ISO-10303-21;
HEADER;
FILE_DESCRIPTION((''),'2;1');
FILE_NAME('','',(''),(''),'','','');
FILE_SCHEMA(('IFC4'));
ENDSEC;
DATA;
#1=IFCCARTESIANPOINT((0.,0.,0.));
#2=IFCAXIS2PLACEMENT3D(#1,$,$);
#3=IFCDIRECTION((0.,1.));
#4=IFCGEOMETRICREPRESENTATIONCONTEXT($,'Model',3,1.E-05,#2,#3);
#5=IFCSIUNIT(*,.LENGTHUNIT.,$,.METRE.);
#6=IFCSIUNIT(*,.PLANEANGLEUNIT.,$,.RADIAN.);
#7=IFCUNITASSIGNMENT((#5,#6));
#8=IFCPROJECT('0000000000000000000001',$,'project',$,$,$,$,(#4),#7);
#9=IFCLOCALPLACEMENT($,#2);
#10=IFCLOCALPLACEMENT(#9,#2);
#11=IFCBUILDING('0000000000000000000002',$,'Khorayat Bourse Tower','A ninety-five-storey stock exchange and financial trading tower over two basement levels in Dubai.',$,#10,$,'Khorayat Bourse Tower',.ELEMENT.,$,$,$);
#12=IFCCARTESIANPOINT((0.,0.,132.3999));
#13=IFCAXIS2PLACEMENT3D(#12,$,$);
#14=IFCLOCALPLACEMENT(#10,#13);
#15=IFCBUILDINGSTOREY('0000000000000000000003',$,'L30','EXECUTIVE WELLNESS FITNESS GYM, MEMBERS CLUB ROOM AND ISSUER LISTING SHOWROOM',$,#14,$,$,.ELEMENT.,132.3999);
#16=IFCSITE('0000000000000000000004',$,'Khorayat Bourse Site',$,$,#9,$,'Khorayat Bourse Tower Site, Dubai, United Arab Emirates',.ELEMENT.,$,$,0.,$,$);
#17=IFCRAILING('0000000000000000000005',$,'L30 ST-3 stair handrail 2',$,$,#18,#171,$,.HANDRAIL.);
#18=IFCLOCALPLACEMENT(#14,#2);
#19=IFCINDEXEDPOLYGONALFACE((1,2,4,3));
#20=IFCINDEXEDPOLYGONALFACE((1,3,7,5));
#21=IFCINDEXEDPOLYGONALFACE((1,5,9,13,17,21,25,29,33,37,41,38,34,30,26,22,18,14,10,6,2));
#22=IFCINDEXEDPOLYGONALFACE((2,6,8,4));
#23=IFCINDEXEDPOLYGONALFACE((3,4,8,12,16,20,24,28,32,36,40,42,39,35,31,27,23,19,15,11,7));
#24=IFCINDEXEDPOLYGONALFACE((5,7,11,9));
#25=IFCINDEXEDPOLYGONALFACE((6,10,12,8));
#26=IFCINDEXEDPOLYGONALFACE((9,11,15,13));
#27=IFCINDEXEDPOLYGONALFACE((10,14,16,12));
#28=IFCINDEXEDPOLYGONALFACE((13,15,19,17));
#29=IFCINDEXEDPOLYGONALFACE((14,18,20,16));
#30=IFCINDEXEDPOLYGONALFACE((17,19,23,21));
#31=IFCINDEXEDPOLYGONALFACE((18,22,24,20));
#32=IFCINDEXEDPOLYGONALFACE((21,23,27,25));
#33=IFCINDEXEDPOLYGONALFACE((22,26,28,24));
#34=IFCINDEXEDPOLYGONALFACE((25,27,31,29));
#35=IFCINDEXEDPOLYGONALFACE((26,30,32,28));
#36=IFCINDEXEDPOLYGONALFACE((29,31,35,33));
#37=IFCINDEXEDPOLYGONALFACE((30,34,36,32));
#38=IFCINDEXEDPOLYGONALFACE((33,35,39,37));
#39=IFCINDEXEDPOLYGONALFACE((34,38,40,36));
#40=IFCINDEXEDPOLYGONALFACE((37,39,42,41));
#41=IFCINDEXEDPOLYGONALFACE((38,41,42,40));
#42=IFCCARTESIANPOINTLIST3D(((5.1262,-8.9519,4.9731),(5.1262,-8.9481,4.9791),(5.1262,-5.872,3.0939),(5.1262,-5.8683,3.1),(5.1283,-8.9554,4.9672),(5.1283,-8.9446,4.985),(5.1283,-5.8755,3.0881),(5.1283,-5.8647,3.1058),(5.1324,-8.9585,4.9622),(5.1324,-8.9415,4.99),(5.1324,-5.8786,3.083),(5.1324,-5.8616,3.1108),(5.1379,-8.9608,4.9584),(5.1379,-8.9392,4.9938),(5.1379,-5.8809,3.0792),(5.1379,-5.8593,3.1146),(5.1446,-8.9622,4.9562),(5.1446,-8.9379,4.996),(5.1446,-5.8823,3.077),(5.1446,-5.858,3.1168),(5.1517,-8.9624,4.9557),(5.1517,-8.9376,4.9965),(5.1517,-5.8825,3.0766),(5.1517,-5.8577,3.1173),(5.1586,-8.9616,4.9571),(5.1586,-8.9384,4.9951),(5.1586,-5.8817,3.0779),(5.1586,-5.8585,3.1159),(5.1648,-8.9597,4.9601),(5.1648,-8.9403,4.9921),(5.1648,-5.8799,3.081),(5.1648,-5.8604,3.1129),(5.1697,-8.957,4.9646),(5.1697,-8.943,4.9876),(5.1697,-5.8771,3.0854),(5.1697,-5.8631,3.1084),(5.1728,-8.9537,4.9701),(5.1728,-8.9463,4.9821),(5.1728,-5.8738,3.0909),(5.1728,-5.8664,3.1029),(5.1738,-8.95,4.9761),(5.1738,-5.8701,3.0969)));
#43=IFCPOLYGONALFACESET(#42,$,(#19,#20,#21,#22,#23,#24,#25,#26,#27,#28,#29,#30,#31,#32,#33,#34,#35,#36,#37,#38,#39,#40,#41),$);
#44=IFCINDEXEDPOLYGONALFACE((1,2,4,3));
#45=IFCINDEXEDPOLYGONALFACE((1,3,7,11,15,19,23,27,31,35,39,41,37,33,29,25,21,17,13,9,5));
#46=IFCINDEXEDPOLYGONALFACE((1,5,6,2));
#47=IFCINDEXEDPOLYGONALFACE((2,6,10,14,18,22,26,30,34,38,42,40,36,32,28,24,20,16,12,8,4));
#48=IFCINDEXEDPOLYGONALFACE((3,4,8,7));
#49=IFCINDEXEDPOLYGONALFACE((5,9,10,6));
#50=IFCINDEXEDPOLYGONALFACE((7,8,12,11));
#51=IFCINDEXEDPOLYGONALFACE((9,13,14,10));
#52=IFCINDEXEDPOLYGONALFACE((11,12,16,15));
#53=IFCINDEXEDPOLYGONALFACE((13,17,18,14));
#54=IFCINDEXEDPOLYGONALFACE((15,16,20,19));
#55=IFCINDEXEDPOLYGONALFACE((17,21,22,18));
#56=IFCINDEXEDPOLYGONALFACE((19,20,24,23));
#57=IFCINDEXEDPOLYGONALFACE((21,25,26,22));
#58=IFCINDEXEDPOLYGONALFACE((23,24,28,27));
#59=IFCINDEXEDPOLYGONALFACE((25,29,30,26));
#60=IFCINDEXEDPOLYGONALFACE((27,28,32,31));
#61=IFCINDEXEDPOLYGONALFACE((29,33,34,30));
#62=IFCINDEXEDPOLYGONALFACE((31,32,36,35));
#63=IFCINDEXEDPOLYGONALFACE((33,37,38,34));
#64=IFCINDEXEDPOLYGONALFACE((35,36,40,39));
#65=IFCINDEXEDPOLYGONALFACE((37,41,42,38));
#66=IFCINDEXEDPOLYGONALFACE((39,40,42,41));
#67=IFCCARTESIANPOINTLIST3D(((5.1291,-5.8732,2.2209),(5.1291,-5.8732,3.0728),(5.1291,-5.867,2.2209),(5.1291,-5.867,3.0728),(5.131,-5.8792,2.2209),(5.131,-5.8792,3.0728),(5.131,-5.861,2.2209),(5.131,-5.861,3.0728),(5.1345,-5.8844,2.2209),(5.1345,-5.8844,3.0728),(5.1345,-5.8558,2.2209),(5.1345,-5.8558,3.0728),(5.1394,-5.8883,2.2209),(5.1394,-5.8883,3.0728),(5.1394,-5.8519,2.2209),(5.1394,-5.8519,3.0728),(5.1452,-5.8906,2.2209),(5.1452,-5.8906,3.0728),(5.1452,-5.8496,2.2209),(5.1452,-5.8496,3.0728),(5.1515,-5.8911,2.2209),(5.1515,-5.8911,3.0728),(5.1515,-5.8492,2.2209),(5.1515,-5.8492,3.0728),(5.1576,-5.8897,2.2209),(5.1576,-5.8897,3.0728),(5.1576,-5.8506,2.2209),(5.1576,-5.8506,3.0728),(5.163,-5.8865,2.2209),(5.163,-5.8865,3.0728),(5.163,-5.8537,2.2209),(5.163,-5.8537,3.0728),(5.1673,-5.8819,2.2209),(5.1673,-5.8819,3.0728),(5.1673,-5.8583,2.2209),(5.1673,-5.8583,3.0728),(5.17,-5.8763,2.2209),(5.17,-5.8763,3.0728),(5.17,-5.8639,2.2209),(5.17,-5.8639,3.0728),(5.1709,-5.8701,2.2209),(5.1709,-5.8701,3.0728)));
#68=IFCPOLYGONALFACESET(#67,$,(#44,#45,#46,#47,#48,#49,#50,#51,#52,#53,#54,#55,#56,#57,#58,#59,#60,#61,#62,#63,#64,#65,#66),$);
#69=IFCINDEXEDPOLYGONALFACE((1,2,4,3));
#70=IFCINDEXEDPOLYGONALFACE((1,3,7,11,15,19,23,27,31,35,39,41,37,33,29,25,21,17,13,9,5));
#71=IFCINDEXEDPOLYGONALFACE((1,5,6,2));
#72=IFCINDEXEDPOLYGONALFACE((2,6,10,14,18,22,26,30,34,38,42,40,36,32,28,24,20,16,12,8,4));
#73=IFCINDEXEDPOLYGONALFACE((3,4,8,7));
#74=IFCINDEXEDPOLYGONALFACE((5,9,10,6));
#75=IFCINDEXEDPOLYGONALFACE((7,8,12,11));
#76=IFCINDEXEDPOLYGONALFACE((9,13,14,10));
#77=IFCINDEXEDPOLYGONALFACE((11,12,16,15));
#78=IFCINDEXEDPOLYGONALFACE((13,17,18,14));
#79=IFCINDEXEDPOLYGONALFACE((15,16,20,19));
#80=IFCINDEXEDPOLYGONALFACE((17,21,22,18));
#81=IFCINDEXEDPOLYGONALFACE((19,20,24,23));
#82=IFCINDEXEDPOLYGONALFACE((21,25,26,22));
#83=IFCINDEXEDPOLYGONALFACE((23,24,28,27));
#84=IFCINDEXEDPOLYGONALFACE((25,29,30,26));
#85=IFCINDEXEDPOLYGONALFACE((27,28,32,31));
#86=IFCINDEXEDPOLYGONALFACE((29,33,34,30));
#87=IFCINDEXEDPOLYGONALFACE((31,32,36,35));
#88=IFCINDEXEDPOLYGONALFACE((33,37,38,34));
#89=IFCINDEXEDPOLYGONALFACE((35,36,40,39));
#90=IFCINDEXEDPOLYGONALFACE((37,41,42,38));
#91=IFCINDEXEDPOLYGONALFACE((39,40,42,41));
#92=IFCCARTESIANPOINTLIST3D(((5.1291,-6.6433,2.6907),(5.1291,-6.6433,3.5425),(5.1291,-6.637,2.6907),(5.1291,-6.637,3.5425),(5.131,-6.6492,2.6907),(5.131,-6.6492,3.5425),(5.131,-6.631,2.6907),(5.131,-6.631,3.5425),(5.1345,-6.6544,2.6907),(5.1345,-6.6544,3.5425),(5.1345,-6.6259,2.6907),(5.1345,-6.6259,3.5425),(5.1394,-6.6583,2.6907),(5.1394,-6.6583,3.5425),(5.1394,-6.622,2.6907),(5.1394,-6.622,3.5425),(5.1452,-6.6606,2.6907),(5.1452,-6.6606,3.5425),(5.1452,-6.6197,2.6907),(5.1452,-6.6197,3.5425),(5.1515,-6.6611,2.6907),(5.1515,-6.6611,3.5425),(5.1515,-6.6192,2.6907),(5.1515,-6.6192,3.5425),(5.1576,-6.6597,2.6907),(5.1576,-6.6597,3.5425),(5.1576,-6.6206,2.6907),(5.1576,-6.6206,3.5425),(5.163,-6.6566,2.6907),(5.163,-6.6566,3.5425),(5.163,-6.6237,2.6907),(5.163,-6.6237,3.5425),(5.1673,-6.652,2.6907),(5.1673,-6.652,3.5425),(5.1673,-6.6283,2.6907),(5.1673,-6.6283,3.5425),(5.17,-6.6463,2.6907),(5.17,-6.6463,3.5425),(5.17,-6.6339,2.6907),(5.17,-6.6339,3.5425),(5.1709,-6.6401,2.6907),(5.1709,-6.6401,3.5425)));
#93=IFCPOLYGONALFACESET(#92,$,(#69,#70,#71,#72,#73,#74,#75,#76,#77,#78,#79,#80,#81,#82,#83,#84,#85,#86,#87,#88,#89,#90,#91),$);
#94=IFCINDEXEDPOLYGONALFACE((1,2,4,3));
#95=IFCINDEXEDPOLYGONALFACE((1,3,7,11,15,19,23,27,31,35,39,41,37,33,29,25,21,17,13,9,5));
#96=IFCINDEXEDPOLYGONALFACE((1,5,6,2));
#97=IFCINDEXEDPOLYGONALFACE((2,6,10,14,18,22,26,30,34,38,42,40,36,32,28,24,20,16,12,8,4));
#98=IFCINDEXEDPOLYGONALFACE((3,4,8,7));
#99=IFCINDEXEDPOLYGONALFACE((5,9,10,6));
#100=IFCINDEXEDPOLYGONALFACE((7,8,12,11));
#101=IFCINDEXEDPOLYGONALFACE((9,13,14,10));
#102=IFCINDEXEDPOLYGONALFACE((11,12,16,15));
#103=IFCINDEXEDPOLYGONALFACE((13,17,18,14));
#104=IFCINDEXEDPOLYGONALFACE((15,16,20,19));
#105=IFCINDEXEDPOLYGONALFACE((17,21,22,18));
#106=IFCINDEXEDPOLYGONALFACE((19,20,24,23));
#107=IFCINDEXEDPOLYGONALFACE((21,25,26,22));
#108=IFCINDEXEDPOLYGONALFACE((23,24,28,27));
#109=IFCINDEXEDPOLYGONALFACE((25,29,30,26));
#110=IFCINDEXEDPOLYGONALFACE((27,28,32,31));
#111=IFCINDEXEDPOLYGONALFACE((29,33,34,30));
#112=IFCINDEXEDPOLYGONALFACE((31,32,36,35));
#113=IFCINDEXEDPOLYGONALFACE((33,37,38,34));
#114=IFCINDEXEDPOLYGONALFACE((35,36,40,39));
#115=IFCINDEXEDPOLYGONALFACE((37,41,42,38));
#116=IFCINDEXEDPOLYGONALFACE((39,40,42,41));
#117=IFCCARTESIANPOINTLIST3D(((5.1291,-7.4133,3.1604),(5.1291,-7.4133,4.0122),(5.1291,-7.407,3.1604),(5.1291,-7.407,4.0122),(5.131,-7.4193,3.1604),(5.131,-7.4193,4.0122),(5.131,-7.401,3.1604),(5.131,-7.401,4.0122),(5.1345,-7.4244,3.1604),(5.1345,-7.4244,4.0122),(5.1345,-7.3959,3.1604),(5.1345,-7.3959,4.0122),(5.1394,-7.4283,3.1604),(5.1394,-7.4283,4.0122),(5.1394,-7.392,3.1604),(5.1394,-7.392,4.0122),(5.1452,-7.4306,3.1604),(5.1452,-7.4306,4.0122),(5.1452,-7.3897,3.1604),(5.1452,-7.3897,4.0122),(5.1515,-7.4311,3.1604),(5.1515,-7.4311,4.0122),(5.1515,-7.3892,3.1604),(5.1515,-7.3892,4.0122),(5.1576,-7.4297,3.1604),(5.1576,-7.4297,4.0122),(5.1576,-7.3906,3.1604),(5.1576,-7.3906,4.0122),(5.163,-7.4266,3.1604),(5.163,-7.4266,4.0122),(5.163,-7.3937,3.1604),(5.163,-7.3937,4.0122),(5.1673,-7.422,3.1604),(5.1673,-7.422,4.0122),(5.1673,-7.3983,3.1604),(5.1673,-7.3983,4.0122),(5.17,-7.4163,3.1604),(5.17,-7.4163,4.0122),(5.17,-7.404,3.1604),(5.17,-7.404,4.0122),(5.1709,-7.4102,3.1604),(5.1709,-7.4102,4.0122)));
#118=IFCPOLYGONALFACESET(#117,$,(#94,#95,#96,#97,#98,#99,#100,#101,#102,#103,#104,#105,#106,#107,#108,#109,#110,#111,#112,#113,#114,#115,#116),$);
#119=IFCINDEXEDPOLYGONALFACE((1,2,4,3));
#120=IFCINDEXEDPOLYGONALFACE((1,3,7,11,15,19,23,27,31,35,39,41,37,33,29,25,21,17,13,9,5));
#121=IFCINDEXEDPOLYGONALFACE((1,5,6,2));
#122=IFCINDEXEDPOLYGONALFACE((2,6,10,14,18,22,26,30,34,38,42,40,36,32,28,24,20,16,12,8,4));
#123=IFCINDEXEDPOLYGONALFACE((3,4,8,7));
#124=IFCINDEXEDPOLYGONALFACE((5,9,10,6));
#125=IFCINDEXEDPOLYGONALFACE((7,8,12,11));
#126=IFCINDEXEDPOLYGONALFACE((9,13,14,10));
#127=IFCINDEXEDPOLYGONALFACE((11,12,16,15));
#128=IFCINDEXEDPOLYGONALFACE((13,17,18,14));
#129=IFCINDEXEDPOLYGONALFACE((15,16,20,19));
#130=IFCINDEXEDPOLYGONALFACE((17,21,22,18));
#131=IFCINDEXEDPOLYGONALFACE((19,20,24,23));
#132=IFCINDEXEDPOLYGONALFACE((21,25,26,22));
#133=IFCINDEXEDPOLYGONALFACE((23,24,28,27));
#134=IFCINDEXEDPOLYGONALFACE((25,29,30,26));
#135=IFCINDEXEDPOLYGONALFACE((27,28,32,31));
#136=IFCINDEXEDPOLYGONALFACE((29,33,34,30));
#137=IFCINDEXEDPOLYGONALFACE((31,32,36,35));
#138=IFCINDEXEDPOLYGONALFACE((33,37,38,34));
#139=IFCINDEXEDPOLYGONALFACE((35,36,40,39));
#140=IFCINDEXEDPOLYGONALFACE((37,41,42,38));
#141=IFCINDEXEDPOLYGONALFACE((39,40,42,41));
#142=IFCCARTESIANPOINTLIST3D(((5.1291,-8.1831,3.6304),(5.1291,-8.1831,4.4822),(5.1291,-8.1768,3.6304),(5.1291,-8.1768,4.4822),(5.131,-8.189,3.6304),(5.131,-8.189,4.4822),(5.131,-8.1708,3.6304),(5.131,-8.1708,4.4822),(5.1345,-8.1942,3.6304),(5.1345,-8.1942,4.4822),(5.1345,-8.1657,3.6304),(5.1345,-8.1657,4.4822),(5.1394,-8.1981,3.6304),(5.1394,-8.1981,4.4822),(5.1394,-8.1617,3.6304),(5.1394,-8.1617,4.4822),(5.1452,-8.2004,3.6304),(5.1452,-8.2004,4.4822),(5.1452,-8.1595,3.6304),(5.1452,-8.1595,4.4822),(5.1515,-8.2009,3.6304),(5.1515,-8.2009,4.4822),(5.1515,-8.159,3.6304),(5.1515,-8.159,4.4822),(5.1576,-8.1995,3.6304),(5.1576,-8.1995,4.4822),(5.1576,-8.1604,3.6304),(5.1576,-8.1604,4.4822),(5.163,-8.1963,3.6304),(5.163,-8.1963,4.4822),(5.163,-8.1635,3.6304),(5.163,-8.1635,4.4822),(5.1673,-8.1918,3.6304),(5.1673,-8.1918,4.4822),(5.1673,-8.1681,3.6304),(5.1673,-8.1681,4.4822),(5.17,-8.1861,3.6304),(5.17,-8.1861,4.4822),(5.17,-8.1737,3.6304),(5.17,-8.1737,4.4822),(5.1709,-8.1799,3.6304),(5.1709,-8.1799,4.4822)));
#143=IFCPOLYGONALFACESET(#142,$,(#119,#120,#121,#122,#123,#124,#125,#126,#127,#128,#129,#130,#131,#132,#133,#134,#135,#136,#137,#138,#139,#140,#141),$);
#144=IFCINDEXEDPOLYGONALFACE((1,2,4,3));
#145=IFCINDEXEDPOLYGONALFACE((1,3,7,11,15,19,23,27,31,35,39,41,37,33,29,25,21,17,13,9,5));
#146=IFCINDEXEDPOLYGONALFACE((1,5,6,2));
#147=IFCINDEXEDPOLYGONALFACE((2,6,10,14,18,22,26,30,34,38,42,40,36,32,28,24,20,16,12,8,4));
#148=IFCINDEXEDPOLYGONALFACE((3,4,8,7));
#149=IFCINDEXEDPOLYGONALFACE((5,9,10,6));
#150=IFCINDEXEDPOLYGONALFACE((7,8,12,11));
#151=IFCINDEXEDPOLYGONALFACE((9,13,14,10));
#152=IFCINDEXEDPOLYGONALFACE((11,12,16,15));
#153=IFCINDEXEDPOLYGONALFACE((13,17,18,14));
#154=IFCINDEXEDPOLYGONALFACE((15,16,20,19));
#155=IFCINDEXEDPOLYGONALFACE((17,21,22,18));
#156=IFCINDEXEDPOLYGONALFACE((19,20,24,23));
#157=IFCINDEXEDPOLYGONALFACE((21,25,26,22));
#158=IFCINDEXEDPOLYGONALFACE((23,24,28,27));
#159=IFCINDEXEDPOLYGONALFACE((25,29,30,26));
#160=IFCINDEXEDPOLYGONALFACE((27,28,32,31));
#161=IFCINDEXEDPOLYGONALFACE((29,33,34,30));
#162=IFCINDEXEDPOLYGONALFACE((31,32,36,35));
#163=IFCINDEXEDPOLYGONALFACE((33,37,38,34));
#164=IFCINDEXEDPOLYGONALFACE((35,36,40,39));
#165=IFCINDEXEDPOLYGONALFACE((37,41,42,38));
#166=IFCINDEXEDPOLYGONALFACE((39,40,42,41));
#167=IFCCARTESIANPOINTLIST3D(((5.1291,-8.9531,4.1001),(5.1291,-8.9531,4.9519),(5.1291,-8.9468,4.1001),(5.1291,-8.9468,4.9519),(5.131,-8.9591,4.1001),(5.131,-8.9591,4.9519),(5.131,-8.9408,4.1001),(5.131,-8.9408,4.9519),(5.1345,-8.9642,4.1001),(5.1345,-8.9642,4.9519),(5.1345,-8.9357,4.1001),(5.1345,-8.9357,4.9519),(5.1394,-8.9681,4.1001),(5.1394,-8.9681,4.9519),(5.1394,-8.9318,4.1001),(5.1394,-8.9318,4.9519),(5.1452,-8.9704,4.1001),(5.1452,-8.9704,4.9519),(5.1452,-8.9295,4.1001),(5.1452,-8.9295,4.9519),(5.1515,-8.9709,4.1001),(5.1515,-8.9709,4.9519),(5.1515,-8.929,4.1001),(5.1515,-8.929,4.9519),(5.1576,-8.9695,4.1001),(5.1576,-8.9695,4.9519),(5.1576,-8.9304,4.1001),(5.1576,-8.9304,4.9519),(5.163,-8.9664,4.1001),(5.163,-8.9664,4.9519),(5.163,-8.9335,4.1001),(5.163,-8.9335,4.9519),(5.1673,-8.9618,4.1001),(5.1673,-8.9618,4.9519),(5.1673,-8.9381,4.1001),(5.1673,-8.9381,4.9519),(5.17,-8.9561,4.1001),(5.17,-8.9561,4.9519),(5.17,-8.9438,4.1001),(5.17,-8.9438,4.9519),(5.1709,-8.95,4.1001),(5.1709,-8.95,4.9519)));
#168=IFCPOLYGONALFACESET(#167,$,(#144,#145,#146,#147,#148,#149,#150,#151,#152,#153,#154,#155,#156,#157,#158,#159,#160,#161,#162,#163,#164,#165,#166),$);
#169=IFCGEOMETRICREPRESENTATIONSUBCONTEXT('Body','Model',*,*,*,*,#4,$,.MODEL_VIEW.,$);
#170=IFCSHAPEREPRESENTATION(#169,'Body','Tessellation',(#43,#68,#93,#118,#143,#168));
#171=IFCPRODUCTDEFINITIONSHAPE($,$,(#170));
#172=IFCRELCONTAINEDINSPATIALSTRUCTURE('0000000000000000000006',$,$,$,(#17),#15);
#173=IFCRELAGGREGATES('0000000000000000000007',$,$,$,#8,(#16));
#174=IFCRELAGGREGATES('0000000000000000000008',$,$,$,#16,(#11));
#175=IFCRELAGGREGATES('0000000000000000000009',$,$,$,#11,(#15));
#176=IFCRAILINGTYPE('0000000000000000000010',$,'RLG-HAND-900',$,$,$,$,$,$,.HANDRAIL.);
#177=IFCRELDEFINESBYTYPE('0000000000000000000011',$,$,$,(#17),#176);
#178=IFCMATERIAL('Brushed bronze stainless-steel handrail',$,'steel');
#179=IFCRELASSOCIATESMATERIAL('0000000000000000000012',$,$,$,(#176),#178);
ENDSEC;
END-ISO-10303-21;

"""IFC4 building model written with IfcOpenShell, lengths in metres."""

from ifc_helpers import new_model, si_unit, direction, frame, origin, origin_2d, place, context, subcontext, project, spatial, circle, extrude, source, transform, mapped, material, type_object, element, save


model = new_model("IFC4")

# Units and contexts
model_context = context("Model", 3, precision=1e-05, world=origin(), true_north=direction((0.0, 1.0)))
body_context = subcontext(model_context, "Body", "Model", "MODEL_VIEW")
ifc_project = project(units=[si_unit("LENGTHUNIT", "METRE"), si_unit("PLANEANGLEUNIT", "RADIAN")], contexts=[model_context])

# Site, building, storey
site_placement = place(None, origin())
site = spatial("IfcSite", under=ifc_project, at=site_placement, Name="Khorayat Bourse Site", LongName="Khorayat Bourse Tower Site, Dubai, United Arab Emirates", CompositionType="ELEMENT", RefElevation=0.0)
building_placement = place(site_placement, origin())
building = spatial("IfcBuilding", under=site, at=building_placement, Name="Khorayat Bourse Tower", Description="A ninety-five-storey stock exchange and financial trading tower over two basement levels in Dubai.", LongName="Khorayat Bourse Tower", CompositionType="ELEMENT")
storey_placement = place(building_placement, frame((0.0, 0.0, 132.3999)))
storey = spatial("IfcBuildingStorey", under=building, at=storey_placement, Name="L30", Description="EXECUTIVE WELLNESS FITNESS GYM, MEMBERS CLUB ROOM AND ISSUER LISTING SHOWROOM", CompositionType="ELEMENT", Elevation=132.3999)

# Railing
ifc_material_1 = material(Name="Brushed bronze stainless-steel handrail", Category="steel")
railing_type_1 = type_object("IfcRailingType", Name="RLG-HAND-900", PredefinedType="HANDRAIL", material=ifc_material_1)
shared_shape_1 = source(origin(), body_context, "Body", "SweptSolid", [
    extrude(circle(Radius=0.0239, at=origin_2d()), frame((0.0, 0.0, 0.876), z_axis=(0.0, -0.853648, 0.52085), x_axis=(1.0, 0.0, 0.0)), (0.0, 0.0, 1.0), 3.6079),
    extrude(circle(Radius=0.021, at=origin_2d()), origin(), (0.0, 0.0, 1.0), 0.8518),
    extrude(circle(Radius=0.021, at=origin_2d()), frame((0.0, -0.77, 0.4697)), (0.0, 0.0, 1.0), 0.8518),
    extrude(circle(Radius=0.021, at=origin_2d()), frame((0.0, -1.54, 0.9395)), (0.0, 0.0, 1.0), 0.8518),
    extrude(circle(Radius=0.021, at=origin_2d()), frame((0.0, -2.3098, 1.4094)), (0.0, 0.0, 1.0), 0.8518),
    extrude(circle(Radius=0.021, at=origin_2d()), frame((0.0, -3.0798, 1.8792)), (0.0, 0.0, 1.0), 0.8518),
])
railing_1_placement = place(storey_placement, frame((5.1499, -5.8701, 2.2209)))
element("IfcRailing", 1, at=railing_1_placement, inside=storey, type_object=railing_type_1, Name="L30 ST-3 stair handrail 2", PredefinedType="HANDRAIL", context=body_context, shape_type="MappedRepresentation", body=[
    mapped(shared_shape_1, transform((0.0, 0.0, 0.0), scale=1.0)),
])

save(model, "model.ifc")
